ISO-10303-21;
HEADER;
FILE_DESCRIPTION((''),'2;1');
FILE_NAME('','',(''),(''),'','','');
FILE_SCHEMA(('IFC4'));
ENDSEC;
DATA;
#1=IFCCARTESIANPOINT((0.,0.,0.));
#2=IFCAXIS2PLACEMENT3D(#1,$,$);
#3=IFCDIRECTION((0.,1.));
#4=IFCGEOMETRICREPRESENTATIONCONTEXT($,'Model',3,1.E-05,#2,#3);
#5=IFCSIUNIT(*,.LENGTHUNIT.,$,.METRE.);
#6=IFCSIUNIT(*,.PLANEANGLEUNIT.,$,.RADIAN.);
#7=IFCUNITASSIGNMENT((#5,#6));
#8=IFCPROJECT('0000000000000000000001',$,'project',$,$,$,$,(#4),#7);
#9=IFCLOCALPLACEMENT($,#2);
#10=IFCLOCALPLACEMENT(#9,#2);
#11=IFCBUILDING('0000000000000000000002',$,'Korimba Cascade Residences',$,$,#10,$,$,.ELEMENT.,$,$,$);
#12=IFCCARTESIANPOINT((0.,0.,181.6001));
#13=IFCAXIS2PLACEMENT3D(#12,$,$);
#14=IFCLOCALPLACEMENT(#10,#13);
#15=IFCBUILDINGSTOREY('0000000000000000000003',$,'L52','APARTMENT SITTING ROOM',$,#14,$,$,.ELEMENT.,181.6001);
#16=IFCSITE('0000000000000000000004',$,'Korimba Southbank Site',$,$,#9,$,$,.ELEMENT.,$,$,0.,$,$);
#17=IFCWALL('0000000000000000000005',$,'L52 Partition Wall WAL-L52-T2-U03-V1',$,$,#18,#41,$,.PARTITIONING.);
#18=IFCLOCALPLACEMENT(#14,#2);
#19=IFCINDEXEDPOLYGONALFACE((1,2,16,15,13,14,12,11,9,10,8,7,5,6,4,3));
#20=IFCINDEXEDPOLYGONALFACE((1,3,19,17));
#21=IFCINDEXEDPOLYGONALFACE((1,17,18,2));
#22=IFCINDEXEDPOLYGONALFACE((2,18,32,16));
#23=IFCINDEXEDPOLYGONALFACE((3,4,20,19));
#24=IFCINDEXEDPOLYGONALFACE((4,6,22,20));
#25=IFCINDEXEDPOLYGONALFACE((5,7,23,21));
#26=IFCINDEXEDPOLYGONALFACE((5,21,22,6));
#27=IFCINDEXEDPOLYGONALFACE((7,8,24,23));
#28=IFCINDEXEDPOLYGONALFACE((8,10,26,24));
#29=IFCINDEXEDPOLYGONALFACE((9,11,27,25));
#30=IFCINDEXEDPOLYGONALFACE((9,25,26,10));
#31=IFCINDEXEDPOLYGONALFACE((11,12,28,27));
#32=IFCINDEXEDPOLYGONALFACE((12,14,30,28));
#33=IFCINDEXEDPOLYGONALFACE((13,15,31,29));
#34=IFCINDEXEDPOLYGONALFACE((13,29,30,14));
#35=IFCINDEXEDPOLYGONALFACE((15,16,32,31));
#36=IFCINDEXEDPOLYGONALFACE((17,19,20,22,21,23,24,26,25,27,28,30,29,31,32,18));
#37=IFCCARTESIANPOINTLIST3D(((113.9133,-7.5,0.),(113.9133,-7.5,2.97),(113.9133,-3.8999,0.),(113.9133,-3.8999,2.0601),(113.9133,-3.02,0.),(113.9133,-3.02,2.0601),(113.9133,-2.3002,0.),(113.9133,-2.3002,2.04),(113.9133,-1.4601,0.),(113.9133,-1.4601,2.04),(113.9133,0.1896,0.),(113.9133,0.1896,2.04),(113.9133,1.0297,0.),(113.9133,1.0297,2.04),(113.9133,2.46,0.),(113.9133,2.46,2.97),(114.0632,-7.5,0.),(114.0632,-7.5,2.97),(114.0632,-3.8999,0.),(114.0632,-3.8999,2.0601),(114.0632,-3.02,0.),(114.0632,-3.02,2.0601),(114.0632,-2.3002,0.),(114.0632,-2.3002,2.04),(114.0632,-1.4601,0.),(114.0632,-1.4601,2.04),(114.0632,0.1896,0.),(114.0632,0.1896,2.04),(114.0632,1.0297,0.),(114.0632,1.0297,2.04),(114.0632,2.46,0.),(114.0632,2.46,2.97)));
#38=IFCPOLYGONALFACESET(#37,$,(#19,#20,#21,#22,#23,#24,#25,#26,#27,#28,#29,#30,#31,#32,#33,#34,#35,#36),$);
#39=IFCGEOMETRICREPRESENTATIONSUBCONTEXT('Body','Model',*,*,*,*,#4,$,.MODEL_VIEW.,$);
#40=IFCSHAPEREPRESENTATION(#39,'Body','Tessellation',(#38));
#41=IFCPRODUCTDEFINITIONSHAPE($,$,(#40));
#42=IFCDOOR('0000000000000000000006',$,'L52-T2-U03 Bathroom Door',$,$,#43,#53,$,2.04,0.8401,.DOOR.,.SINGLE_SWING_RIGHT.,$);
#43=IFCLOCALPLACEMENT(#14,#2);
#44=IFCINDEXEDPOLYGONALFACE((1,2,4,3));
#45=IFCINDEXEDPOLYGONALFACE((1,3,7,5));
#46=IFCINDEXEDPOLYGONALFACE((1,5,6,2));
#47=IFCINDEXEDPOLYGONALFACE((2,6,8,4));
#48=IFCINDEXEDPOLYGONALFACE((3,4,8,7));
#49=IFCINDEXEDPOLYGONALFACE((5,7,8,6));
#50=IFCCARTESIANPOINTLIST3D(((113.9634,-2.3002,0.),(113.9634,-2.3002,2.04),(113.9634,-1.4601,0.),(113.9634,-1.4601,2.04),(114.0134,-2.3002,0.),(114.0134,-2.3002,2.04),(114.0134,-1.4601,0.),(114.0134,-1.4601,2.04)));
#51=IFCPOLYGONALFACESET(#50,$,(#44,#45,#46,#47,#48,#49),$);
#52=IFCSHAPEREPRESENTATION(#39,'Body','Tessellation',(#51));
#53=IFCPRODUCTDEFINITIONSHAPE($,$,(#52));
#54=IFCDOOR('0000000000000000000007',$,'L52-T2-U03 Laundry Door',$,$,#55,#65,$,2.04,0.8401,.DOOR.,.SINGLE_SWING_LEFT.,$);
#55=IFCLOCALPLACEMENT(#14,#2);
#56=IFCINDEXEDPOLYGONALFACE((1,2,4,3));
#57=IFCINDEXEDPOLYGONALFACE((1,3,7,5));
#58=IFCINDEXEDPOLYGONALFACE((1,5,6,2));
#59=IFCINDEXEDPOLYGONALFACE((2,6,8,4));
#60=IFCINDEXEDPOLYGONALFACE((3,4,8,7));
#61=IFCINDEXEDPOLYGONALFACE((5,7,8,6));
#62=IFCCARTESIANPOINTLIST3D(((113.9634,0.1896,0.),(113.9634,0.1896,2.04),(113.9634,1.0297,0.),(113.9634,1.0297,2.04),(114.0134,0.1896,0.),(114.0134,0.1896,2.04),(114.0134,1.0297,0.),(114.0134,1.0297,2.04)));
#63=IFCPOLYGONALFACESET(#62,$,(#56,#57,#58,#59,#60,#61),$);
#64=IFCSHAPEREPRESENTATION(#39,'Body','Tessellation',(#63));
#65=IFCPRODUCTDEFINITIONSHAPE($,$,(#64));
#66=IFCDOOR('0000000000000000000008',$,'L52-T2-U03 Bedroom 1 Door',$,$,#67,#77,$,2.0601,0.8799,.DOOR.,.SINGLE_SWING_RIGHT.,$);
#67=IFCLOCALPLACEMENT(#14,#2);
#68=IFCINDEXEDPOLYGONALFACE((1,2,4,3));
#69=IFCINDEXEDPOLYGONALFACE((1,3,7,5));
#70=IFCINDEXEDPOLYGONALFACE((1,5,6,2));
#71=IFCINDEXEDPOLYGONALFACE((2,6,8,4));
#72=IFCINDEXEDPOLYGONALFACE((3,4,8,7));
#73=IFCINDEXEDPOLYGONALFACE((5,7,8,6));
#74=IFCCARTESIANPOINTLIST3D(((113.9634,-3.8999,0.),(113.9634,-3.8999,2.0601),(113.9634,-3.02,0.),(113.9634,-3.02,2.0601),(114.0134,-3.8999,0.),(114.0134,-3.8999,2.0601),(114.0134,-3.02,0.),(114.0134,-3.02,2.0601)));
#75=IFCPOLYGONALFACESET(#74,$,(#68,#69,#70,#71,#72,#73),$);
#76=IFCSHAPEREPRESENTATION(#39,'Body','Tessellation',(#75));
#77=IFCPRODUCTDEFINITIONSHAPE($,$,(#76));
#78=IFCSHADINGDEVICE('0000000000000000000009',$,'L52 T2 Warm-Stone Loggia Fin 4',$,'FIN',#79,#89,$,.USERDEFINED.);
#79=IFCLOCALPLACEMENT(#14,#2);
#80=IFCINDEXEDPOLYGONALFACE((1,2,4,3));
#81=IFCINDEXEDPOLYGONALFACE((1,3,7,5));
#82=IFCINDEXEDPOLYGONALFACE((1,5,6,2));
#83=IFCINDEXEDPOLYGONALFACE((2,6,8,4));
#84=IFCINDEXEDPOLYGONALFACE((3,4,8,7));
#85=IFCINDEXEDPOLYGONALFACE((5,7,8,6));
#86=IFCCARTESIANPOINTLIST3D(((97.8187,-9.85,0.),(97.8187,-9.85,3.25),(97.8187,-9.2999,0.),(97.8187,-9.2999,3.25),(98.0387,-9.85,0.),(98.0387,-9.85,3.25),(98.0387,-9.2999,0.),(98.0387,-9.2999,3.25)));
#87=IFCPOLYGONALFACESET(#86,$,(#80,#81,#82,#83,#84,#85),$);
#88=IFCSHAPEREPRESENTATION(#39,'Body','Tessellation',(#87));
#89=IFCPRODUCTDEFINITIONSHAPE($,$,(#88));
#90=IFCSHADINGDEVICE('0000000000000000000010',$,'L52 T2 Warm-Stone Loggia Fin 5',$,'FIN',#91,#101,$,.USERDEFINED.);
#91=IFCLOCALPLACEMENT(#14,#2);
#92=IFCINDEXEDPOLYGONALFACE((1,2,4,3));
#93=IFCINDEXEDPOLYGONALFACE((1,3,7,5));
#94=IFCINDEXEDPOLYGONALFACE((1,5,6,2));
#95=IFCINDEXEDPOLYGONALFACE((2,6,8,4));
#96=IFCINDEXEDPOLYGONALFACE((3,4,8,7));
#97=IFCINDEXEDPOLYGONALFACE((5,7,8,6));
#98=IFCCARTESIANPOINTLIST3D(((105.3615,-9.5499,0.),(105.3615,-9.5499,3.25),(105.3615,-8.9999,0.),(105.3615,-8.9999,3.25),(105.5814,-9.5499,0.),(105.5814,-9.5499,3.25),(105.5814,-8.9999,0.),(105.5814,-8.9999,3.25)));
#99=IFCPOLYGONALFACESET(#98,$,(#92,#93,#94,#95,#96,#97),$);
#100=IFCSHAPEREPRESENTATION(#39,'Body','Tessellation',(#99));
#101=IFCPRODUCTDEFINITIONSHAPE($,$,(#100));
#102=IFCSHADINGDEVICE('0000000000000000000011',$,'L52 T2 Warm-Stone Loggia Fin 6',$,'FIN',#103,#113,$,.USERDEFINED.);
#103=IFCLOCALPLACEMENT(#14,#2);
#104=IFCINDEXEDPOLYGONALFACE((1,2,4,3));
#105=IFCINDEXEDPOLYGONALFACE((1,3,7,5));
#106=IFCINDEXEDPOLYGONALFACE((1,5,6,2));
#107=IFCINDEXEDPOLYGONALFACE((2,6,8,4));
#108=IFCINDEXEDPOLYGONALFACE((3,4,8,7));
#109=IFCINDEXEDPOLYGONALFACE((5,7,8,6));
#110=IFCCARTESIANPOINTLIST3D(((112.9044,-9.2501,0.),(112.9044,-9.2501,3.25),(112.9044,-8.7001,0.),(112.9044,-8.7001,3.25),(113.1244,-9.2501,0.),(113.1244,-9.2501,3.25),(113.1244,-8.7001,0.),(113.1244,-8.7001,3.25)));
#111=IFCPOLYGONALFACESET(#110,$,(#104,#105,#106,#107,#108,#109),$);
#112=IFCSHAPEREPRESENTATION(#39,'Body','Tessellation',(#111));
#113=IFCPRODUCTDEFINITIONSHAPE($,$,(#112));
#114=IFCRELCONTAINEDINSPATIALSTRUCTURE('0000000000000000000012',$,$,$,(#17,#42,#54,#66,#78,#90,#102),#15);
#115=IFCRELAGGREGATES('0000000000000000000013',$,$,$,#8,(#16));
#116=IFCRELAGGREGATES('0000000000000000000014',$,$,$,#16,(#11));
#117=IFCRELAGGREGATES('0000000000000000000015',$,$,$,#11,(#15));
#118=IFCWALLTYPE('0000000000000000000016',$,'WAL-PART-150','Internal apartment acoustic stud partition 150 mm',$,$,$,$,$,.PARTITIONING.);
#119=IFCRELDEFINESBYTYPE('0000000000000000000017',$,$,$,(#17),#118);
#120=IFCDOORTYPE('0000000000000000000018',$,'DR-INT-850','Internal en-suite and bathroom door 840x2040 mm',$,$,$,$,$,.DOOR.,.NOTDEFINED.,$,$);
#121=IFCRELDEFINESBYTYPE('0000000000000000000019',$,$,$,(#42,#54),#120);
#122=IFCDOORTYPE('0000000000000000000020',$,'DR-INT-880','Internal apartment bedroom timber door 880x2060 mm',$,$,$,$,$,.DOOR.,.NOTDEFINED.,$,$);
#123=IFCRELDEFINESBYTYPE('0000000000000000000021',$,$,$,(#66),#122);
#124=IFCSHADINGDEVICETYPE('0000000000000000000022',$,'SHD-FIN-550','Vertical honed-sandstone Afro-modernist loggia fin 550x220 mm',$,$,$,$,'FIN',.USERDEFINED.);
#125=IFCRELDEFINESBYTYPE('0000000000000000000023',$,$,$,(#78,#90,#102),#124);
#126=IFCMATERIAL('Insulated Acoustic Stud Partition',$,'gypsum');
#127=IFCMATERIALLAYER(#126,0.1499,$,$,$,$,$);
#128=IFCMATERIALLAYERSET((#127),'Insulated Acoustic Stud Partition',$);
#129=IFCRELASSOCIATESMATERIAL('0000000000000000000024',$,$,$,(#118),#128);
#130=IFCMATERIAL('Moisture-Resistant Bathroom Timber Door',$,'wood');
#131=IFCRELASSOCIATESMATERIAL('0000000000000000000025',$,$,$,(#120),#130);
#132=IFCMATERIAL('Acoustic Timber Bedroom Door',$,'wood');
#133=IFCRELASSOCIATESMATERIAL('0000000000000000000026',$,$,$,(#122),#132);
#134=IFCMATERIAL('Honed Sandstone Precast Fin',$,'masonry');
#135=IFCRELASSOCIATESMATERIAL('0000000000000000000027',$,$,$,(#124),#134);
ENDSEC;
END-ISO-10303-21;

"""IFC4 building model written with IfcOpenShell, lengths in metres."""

from ifc_helpers import new_model, si_unit, direction, frame, frame_2d, origin, origin_2d, place, context, subcontext, project, spatial, rectangle, extrude, material, layer, layer_set, type_object, element, fill, save


model = new_model("IFC4")

# Units and contexts
model_context = context("Model", 3, precision=1e-05, world=origin(), true_north=direction((0.0, 1.0)))
body_context = subcontext(model_context, "Body", "Model", "MODEL_VIEW")
ifc_project = project(units=[si_unit("LENGTHUNIT", "METRE"), si_unit("PLANEANGLEUNIT", "RADIAN")], contexts=[model_context])

# Site, building, storey
site_placement = place(None, origin())
site = spatial("IfcSite", under=ifc_project, at=site_placement, Name="Korimba Southbank Site", CompositionType="ELEMENT", RefElevation=0.0)
building_placement = place(site_placement, origin())
building = spatial("IfcBuilding", under=site, at=building_placement, Name="Korimba Cascade Residences", CompositionType="ELEMENT")
storey_placement = place(building_placement, frame((0.0, 0.0, 181.6001)))
storey = spatial("IfcBuildingStorey", under=building, at=storey_placement, Name="L52", Description="APARTMENT SITTING ROOM", CompositionType="ELEMENT", Elevation=181.6001)

# Wall, openings, doors
ifc_material_1 = material(Name="Insulated Acoustic Stud Partition", Category="gypsum")
ifc_layer_1 = layer(ifc_material_1, 0.1499)
ifc_layer_set_1 = layer_set([ifc_layer_1], Name="Insulated Acoustic Stud Partition")
wall_type_1 = type_object("IfcWallType", Name="WAL-PART-150", Description="Internal apartment acoustic stud partition 150 mm", PredefinedType="PARTITIONING", material=ifc_layer_set_1)
wall_1_placement = place(storey_placement, frame((113.9883, -7.5, 0.0), z_axis=(0.0, 0.0, 1.0), x_axis=(0.0, 1.0, 0.0)))
wall_1 = element("IfcWall", 1, at=wall_1_placement, inside=storey, type_object=wall_type_1, Name="L52 Partition Wall WAL-L52-T2-U03-V1", PredefinedType="PARTITIONING", context=body_context, shape_type="SweptSolid", body=[
    extrude(rectangle(XDim=9.96, YDim=0.1499, at=frame_2d((4.98, 0.0))), origin(), (0.0, 0.0, 1.0), 2.97),
])
opening_1_placement = place(wall_1_placement, frame((5.2, 0.0, 0.0)))
opening_1 = element("IfcOpeningElement", 2, at=opening_1_placement, cuts=wall_1, PredefinedType="OPENING", context=body_context, shape_type="SweptSolid", body=[
    extrude(rectangle(XDim=0.8401, YDim=2.04, at=frame_2d((0.4199, 1.02))), frame((0.0, 0.085, 0.0), z_axis=(0.0, -1.0, 0.0), x_axis=(1.0, 0.0, 0.0)), (0.0, 0.0, 1.0), 0.1699),
])
opening_2_placement = place(wall_1_placement, frame((7.6897, 0.0, 0.0)))
opening_2 = element("IfcOpeningElement", 3, at=opening_2_placement, cuts=wall_1, PredefinedType="OPENING", context=body_context, shape_type="SweptSolid", body=[
    extrude(rectangle(XDim=0.8401, YDim=2.04, at=frame_2d((0.4199, 1.02))), frame((0.0, 0.085, 0.0), z_axis=(0.0, -1.0, 0.0), x_axis=(1.0, 0.0, 0.0)), (0.0, 0.0, 1.0), 0.1699),
])
opening_3_placement = place(wall_1_placement, frame((3.6001, 0.0, 0.0)))
opening_3 = element("IfcOpeningElement", 4, at=opening_3_placement, cuts=wall_1, PredefinedType="OPENING", context=body_context, shape_type="SweptSolid", body=[
    extrude(rectangle(XDim=0.8799, YDim=2.0601, at=frame_2d((0.4399, 1.03))), frame((0.0, 0.085, 0.0), z_axis=(0.0, -1.0, 0.0), x_axis=(1.0, 0.0, 0.0)), (0.0, 0.0, 1.0), 0.1699),
])
ifc_material_2 = material(Name="Moisture-Resistant Bathroom Timber Door", Category="wood")
door_type_1 = type_object("IfcDoorType", Name="DR-INT-850", Description="Internal en-suite and bathroom door 840x2040 mm", OperationType="NOTDEFINED", PredefinedType="DOOR", material=ifc_material_2)
door_1_placement = place(opening_1_placement, origin())
door_1 = element("IfcDoor", 5, at=door_1_placement, inside=storey, type_object=door_type_1, Name="L52-T2-U03 Bathroom Door", OperationType="SINGLE_SWING_RIGHT", OverallHeight=2.04, OverallWidth=0.8401, PredefinedType="DOOR", context=body_context, shape_type="SweptSolid", body=[
    extrude(rectangle(XDim=0.8401, YDim=2.04, at=frame_2d((0.4199, 1.02))), frame((0.0, 0.0249, 0.0), z_axis=(0.0, -1.0, 0.0), x_axis=(1.0, 0.0, 0.0)), (0.0, 0.0, 1.0), 0.05),
])
fill(opening_1, door_1)
door_2_placement = place(opening_2_placement, origin())
door_2 = element("IfcDoor", 6, at=door_2_placement, inside=storey, type_object=door_type_1, Name="L52-T2-U03 Laundry Door", OperationType="SINGLE_SWING_LEFT", OverallHeight=2.04, OverallWidth=0.8401, PredefinedType="DOOR", context=body_context, shape_type="SweptSolid", body=[
    extrude(rectangle(XDim=0.8401, YDim=2.04, at=frame_2d((0.4199, 1.02))), frame((0.0, 0.0249, 0.0), z_axis=(0.0, -1.0, 0.0), x_axis=(1.0, 0.0, 0.0)), (0.0, 0.0, 1.0), 0.05),
])
fill(opening_2, door_2)
ifc_material_3 = material(Name="Acoustic Timber Bedroom Door", Category="wood")
door_type_2 = type_object("IfcDoorType", Name="DR-INT-880", Description="Internal apartment bedroom timber door 880x2060 mm", OperationType="NOTDEFINED", PredefinedType="DOOR", material=ifc_material_3)
door_3_placement = place(opening_3_placement, origin())
door_3 = element("IfcDoor", 7, at=door_3_placement, inside=storey, type_object=door_type_2, Name="L52-T2-U03 Bedroom 1 Door", OperationType="SINGLE_SWING_RIGHT", OverallHeight=2.0601, OverallWidth=0.8799, PredefinedType="DOOR", context=body_context, shape_type="SweptSolid", body=[
    extrude(rectangle(XDim=0.8799, YDim=2.0601, at=frame_2d((0.4399, 1.03))), frame((0.0, 0.0249, 0.0), z_axis=(0.0, -1.0, 0.0), x_axis=(1.0, 0.0, 0.0)), (0.0, 0.0, 1.0), 0.05),
])
fill(opening_3, door_3)

# Shading devices
ifc_material_4 = material(Name="Honed Sandstone Precast Fin", Category="masonry")
shading_device_type = type_object("IfcShadingDeviceType", Name="SHD-FIN-550", Description="Vertical honed-sandstone Afro-modernist loggia fin 550x220 mm", ElementType="FIN", PredefinedType="USERDEFINED", material=ifc_material_4)
for number, where, z_axis, x_axis, name in (
    (8, (97.9287, -9.575, 0.0), (0.0, 0.0, 1.0), (1.0, 0.0, 0.0), "L52 T2 Warm-Stone Loggia Fin 4"),
    (9, (105.4714, -9.2749, 0.0), (0.0, 0.0, 1.0), (1.0, 0.0, 0.0), "L52 T2 Warm-Stone Loggia Fin 5"),
    (10, (113.0144, -8.9751, 0.0), (0.0, 0.0, 1.0), (1.0, 0.0, 0.0), "L52 T2 Warm-Stone Loggia Fin 6"),
):
    element("IfcShadingDevice", number, at=place(storey_placement, frame(where, z_axis=z_axis, x_axis=x_axis)), inside=storey, type_object=shading_device_type, Name=name, ObjectType="FIN", PredefinedType="USERDEFINED", context=body_context, shape_type="SweptSolid", body=[
        extrude(rectangle(XDim=0.22, YDim=0.55, at=origin_2d()), origin(), (0.0, 0.0, 1.0), 3.25),
    ])

save(model, "model.ifc")
